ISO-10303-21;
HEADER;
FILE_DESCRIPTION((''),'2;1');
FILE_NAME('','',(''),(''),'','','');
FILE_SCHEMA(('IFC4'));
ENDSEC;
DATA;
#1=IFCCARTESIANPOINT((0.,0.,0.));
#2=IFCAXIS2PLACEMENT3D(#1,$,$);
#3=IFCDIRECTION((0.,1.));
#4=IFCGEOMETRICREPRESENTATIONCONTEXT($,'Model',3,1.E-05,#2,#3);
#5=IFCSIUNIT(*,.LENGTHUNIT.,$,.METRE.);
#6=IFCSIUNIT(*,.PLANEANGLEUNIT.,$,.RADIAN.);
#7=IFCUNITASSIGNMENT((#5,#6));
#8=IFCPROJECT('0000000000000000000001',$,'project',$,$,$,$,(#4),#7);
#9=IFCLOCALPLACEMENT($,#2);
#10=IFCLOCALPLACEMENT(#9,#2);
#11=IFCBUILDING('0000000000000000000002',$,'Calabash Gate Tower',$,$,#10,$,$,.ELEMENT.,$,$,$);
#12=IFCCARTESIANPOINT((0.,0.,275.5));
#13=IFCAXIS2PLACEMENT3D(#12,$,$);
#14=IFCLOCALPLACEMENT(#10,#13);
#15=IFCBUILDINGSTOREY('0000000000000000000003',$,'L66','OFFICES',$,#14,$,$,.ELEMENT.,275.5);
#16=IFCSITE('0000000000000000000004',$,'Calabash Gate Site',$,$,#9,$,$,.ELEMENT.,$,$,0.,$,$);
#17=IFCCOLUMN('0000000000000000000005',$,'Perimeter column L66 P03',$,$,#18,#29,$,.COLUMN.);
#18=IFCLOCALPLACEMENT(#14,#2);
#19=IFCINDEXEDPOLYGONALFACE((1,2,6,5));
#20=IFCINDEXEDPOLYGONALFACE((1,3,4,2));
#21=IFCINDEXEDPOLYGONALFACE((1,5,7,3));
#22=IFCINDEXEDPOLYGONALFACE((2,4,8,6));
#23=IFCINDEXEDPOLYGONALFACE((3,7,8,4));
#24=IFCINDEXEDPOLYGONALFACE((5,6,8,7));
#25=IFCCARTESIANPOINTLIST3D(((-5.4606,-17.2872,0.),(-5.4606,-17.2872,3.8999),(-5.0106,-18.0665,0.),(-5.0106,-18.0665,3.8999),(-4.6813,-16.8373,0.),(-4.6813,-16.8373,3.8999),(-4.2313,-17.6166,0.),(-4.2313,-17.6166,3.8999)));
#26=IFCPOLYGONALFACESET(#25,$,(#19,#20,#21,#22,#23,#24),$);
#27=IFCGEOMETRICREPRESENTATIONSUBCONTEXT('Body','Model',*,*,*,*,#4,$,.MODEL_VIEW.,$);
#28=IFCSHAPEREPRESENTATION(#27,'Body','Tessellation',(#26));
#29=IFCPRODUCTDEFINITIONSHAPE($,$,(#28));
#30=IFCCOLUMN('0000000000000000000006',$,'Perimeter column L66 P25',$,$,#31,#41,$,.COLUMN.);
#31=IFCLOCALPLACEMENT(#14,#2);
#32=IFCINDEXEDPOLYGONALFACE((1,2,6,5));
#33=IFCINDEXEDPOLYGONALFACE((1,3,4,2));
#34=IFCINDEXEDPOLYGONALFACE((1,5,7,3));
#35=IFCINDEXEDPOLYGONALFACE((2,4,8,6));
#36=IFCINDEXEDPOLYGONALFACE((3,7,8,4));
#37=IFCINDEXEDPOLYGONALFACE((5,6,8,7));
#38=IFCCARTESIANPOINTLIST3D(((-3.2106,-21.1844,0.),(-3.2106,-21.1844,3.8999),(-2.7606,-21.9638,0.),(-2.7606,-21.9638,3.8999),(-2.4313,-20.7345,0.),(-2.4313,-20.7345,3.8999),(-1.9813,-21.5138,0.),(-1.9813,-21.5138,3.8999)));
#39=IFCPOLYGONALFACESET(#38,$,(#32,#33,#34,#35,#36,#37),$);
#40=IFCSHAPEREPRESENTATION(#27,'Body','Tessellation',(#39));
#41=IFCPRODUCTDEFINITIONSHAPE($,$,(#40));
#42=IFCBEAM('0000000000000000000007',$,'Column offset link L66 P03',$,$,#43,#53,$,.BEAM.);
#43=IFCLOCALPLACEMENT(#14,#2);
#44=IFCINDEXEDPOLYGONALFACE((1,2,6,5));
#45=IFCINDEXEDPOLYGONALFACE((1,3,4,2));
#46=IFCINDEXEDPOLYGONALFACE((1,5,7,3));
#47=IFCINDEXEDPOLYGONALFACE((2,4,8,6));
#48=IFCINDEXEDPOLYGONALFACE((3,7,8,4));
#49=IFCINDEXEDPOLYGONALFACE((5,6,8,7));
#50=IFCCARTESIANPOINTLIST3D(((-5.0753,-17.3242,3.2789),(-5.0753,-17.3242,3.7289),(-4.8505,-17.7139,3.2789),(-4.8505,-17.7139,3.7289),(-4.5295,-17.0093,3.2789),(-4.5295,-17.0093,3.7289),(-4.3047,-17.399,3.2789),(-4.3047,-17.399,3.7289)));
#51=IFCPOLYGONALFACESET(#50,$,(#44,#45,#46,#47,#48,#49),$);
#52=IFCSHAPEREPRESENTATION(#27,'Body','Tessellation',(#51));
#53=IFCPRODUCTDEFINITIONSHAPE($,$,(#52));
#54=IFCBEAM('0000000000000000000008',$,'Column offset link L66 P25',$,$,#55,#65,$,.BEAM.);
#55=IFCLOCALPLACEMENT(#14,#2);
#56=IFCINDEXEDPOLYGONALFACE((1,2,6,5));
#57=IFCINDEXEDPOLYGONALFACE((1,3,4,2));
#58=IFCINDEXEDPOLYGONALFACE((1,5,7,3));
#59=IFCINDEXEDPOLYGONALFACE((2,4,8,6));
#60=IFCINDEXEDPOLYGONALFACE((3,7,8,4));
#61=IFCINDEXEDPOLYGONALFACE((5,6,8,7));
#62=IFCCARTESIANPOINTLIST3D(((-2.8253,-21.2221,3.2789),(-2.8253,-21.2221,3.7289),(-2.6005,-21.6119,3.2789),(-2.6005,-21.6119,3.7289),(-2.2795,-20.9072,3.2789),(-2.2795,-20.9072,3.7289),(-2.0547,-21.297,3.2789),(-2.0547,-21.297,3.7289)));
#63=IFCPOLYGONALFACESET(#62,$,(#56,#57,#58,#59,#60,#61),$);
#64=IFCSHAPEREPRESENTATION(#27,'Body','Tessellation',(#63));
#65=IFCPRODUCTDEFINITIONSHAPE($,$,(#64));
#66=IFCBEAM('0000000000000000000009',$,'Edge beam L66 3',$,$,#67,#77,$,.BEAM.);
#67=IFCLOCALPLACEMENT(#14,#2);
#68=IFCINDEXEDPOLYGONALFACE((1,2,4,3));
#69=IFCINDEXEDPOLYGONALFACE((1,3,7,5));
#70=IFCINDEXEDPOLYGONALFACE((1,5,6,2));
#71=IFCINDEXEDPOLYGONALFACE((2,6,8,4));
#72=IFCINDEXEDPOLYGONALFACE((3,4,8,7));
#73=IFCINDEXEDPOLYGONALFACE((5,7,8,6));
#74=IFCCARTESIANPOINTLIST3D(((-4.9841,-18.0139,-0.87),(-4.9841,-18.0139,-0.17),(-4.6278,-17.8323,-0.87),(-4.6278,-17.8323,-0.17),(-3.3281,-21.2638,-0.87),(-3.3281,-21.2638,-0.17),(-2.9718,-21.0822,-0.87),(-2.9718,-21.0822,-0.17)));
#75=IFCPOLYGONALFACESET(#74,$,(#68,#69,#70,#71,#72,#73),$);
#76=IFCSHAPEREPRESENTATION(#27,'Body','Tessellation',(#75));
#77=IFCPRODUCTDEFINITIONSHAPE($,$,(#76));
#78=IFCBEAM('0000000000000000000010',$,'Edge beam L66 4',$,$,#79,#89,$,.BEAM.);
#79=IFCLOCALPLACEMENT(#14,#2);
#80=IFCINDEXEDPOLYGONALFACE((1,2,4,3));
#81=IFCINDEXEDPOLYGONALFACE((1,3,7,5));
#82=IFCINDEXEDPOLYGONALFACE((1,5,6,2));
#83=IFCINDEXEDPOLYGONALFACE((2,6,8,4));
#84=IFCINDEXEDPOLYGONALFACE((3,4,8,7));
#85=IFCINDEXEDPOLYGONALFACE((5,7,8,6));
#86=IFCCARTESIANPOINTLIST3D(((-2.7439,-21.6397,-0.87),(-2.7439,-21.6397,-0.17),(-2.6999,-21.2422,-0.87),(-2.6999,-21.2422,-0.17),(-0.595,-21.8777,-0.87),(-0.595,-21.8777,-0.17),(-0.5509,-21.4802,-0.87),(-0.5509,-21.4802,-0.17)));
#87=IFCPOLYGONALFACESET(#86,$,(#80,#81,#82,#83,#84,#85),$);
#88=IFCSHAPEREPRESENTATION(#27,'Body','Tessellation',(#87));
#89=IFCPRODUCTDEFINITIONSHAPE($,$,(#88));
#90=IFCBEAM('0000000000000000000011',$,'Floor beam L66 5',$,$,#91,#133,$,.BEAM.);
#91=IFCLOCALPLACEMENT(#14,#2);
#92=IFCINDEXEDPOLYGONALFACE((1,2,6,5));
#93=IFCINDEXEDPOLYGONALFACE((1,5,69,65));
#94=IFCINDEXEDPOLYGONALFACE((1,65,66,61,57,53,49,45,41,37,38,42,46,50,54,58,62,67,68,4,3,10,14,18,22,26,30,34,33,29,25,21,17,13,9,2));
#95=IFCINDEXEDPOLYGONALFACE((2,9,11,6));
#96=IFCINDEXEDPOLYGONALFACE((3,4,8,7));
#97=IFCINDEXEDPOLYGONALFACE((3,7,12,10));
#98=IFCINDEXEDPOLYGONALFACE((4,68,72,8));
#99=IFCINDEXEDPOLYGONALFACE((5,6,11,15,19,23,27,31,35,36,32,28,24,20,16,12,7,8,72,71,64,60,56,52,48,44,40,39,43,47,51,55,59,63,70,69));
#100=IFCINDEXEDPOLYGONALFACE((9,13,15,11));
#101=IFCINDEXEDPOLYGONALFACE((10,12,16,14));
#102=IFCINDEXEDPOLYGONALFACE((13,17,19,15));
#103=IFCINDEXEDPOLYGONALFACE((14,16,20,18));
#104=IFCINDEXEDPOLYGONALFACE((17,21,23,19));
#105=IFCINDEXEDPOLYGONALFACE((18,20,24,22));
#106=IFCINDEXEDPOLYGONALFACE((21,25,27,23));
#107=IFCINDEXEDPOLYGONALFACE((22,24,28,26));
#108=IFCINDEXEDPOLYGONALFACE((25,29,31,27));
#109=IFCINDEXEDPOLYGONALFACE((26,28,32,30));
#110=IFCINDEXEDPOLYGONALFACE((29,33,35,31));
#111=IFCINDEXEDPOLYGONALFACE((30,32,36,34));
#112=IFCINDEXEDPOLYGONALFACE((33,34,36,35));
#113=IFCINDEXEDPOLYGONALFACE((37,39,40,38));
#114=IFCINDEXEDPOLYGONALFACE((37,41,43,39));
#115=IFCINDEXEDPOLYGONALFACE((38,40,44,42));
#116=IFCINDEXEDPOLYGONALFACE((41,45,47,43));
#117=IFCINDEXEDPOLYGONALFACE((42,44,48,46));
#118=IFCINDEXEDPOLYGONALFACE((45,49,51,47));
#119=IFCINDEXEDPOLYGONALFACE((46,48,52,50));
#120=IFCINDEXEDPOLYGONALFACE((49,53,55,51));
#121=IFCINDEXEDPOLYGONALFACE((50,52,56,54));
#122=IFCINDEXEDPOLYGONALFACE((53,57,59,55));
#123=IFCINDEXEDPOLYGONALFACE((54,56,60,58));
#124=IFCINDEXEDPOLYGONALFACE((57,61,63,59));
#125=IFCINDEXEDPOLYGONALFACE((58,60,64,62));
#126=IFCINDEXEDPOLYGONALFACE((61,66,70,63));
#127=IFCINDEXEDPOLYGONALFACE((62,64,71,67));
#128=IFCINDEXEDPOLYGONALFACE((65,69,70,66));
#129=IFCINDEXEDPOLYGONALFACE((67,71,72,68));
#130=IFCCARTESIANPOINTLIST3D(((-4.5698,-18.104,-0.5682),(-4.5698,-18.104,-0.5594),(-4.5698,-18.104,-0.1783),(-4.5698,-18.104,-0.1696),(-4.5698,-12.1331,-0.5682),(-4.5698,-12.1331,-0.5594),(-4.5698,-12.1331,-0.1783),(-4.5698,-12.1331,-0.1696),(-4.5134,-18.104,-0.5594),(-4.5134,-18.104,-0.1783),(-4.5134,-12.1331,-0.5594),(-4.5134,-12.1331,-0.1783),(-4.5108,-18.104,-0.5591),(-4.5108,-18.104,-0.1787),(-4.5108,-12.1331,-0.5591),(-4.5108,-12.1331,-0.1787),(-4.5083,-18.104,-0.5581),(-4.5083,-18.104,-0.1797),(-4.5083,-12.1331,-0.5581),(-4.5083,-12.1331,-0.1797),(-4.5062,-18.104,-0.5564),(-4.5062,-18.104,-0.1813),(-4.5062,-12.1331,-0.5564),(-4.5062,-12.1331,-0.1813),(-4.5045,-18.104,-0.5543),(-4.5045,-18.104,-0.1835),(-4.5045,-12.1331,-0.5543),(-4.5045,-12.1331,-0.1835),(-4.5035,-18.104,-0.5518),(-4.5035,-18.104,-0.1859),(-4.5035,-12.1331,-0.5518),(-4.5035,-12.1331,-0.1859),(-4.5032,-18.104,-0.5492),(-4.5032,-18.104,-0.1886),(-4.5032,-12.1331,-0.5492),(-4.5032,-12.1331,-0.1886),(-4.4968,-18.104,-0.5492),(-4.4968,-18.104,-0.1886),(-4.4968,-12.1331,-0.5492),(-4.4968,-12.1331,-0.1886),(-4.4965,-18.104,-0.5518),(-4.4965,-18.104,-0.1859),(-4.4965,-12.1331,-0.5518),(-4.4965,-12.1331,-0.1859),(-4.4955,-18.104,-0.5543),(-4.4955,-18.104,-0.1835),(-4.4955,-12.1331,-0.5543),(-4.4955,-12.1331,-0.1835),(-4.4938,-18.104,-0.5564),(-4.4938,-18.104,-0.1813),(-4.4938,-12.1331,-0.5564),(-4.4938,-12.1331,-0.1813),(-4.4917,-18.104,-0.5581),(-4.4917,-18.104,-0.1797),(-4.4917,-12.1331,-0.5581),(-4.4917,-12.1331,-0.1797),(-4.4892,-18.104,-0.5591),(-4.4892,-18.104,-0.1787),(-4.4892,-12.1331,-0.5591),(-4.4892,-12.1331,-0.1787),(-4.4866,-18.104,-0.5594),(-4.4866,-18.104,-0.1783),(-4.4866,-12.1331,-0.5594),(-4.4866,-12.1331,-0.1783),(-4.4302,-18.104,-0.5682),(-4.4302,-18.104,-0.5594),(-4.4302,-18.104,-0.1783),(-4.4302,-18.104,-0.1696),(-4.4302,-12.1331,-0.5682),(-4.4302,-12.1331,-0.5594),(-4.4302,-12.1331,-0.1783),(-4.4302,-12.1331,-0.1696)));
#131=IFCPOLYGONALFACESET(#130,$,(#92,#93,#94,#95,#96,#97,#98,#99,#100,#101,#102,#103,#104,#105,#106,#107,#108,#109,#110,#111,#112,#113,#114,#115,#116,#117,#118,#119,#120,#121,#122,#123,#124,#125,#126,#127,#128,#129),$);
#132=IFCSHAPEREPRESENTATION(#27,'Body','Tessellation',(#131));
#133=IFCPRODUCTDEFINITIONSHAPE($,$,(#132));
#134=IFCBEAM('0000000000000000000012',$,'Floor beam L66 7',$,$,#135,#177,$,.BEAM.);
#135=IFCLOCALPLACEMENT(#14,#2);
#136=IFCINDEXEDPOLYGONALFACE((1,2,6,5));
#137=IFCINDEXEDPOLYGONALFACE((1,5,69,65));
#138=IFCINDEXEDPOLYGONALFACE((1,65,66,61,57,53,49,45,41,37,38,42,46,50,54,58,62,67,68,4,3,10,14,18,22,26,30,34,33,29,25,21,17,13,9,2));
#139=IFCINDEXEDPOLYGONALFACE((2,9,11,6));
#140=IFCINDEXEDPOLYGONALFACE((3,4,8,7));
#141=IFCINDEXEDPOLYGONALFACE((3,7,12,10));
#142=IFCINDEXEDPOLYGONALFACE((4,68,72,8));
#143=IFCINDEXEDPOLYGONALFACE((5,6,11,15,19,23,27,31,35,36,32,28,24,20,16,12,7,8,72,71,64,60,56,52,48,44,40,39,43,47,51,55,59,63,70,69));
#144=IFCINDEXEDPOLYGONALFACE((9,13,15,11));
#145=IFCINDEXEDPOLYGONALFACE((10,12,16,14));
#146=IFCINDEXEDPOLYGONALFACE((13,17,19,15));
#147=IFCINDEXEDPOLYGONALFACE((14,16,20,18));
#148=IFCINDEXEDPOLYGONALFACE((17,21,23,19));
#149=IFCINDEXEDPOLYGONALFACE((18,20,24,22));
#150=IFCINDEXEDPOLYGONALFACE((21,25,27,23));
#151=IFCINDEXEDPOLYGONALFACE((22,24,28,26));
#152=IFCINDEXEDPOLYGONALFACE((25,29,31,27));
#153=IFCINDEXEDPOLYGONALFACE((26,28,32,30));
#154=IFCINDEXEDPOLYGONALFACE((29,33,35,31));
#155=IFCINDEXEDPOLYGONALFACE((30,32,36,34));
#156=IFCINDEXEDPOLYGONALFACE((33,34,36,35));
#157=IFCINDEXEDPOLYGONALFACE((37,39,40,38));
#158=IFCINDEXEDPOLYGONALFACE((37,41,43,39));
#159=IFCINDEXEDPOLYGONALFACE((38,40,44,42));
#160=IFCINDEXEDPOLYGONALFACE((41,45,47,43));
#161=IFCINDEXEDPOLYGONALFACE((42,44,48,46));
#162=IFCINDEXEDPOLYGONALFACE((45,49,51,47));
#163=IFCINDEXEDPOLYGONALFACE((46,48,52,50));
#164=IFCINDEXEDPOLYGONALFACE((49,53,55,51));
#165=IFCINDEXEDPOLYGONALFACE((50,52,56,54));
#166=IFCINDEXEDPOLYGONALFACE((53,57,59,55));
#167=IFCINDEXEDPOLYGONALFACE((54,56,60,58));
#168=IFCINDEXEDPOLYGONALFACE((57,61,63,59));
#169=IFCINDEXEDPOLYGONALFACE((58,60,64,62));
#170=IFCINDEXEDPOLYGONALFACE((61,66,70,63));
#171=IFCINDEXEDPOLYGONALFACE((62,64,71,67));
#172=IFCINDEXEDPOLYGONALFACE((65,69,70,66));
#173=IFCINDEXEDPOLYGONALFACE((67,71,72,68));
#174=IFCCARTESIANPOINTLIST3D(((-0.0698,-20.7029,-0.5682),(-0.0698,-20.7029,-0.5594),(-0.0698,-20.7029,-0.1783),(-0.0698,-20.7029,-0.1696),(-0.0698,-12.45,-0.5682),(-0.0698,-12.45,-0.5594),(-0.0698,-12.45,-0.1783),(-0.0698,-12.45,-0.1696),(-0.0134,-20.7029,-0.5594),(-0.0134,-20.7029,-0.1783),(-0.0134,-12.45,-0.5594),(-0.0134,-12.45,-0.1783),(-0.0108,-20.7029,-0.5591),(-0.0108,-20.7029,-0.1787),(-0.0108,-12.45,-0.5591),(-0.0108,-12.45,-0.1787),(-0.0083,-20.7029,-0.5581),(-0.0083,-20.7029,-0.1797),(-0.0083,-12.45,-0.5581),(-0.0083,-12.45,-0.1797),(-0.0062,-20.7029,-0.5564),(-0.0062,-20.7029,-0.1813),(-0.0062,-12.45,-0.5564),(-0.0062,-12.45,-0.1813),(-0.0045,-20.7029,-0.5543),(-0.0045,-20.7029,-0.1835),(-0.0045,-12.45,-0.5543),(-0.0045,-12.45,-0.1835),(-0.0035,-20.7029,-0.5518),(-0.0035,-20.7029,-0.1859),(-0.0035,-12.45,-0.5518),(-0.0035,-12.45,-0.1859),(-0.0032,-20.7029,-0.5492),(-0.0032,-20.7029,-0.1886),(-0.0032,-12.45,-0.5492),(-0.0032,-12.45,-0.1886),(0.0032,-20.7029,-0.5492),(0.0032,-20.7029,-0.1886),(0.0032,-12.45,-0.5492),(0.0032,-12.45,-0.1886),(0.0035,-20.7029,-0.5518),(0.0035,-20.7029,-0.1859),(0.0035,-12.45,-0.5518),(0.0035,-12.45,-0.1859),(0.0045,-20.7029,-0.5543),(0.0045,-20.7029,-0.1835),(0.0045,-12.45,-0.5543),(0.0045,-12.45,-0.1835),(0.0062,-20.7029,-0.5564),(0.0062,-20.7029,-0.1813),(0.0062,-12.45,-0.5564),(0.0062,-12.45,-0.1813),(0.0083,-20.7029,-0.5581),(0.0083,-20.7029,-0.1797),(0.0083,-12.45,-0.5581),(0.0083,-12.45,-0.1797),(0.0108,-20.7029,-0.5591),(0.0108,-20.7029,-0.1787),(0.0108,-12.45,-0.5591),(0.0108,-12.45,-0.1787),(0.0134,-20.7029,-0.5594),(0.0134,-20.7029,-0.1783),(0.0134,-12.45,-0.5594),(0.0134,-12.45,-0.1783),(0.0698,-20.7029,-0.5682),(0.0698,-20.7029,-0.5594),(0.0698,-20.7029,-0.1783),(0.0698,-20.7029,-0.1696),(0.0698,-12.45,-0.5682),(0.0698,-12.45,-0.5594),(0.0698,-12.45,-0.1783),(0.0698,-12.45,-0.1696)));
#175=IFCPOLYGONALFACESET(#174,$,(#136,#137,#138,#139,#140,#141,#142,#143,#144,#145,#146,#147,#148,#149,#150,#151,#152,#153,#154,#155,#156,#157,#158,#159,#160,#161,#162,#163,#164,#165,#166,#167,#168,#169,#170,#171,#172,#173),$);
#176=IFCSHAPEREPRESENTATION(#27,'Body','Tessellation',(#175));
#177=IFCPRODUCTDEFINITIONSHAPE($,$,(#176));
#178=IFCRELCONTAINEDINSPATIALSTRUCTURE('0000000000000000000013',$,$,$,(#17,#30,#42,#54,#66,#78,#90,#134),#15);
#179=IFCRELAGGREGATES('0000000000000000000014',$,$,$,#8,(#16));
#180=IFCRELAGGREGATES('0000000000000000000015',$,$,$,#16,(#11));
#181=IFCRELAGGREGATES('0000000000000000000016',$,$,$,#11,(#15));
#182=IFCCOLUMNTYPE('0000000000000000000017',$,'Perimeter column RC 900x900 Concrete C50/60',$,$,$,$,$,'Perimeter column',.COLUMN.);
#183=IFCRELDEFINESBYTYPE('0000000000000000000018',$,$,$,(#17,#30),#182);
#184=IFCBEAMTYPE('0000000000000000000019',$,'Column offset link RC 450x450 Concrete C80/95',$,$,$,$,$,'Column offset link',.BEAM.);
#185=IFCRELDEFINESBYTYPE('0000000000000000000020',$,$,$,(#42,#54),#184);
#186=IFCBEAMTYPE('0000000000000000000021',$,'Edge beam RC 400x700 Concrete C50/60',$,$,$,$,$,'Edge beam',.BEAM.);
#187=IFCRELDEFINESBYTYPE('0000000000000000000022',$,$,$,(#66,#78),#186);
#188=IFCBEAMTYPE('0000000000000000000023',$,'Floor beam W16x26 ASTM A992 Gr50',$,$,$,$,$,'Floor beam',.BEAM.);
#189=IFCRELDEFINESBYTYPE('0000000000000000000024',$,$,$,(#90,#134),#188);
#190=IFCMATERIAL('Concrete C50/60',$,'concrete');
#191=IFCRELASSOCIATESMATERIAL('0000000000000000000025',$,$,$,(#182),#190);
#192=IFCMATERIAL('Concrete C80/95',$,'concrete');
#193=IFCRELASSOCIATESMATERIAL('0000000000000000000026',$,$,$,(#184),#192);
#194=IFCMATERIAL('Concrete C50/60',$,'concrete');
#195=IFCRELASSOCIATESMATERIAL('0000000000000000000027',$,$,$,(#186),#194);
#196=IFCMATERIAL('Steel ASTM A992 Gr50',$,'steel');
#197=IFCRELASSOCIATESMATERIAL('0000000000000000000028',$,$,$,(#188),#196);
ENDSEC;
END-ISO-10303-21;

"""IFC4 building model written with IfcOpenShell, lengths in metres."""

from ifc_helpers import new_model, si_unit, direction, frame, origin, origin_2d, place, context, subcontext, project, spatial, rectangle, i_section, extrude, material, material_profile, profile_set, type_object, element, save


model = new_model("IFC4")

# Units and contexts
model_context = context("Model", 3, precision=1e-05, world=origin(), true_north=direction((0.0, 1.0)))
body_context = subcontext(model_context, "Body", "Model", "MODEL_VIEW")
ifc_project = project(units=[si_unit("LENGTHUNIT", "METRE"), si_unit("PLANEANGLEUNIT", "RADIAN")], contexts=[model_context])

# Site, building, storey
site_placement = place(None, origin())
site = spatial("IfcSite", under=ifc_project, at=site_placement, Name="Calabash Gate Site", CompositionType="ELEMENT", RefElevation=0.0)
building_placement = place(site_placement, origin())
building = spatial("IfcBuilding", under=site, at=building_placement, Name="Calabash Gate Tower", CompositionType="ELEMENT")
storey_placement = place(building_placement, frame((0.0, 0.0, 275.5)))
storey = spatial("IfcBuildingStorey", under=building, at=storey_placement, Name="L66", Description="OFFICES", CompositionType="ELEMENT", Elevation=275.5)

# Columns
ifc_material_1 = material(Name="Concrete C50/60", Category="concrete")
ifc_material_profile_1 = material_profile(ifc_material_1, rectangle(XDim=0.8999, YDim=0.8999, at=origin_2d()))
ifc_profile_set_1 = profile_set([ifc_material_profile_1], Name="Concrete C50/60")
column_type = type_object("IfcColumnType", Name="Perimeter column RC 900x900 Concrete C50/60", ElementType="Perimeter column", PredefinedType="COLUMN", material=ifc_profile_set_1)
for number, where, z_axis, x_axis, name in (
    (1, (-4.8459, -17.4519, 0.0), (0.0, 0.0, 1.0), (0.5, -0.866025, 0.0), "Perimeter column L66 P03"),
    (2, (-2.5959, -21.3491, 0.0), (0.0, 0.0, 1.0), (0.5, -0.866025, 0.0), "Perimeter column L66 P25"),
):
    element("IfcColumn", number, at=place(storey_placement, frame(where, z_axis=z_axis, x_axis=x_axis)), inside=storey, type_object=column_type, Name=name, PredefinedType="COLUMN", context=body_context, shape_type="SweptSolid", body=[
        extrude(rectangle(XDim=0.8999, YDim=0.8999, at=origin_2d()), origin(), (0.0, 0.0, 1.0), 3.8999),
    ])

# Beams
ifc_material_2 = material(Name="Concrete C80/95", Category="concrete")
ifc_material_profile_2 = material_profile(ifc_material_2, rectangle(XDim=0.45, YDim=0.45, at=origin_2d()))
ifc_profile_set_2 = profile_set([ifc_material_profile_2], Name="Concrete C80/95")
beam_type_1 = type_object("IfcBeamType", Name="Column offset link RC 450x450 Concrete C80/95", ElementType="Column offset link", PredefinedType="BEAM", material=ifc_profile_set_2)
for number, where, z_axis, x_axis, name in (
    (3, (-4.9629, -17.519, 3.5039), (0.866186, 0.499722, 0.0), (-0.499722, 0.866186, 0.0), "Column offset link L66 P03"),
    (4, (-2.7129, -21.417, 3.5039), (0.866186, 0.499722, 0.0), (-0.499722, 0.866186, 0.0), "Column offset link L66 P25"),
):
    element("IfcBeam", number, at=place(storey_placement, frame(where, z_axis=z_axis, x_axis=x_axis)), inside=storey, type_object=beam_type_1, Name=name, PredefinedType="BEAM", context=body_context, shape_type="SweptSolid", body=[
        extrude(rectangle(XDim=0.45, YDim=0.45, at=origin_2d()), origin(), (0.0, 0.0, 1.0), 0.6301),
    ])
ifc_material_3 = material(Name="Concrete C50/60", Category="concrete")
ifc_material_profile_3 = material_profile(ifc_material_3, rectangle(XDim=0.3999, YDim=0.7, at=origin_2d()))
ifc_profile_set_3 = profile_set([ifc_material_profile_3], Name="Concrete C50/60")
beam_type_2 = type_object("IfcBeamType", Name="Edge beam RC 400x700 Concrete C50/60", ElementType="Edge beam", PredefinedType="BEAM", material=ifc_profile_set_3)
beam_1_placement = place(storey_placement, frame((-4.8059, -17.9231, -0.52), z_axis=(0.454001, -0.891001, 0.0), x_axis=(0.891001, 0.454001, 0.0)))
element("IfcBeam", 5, at=beam_1_placement, inside=storey, type_object=beam_type_2, Name="Edge beam L66 3", PredefinedType="BEAM", context=body_context, shape_type="SweptSolid", body=[
    extrude(rectangle(XDim=0.3999, YDim=0.7, at=origin_2d()), origin(), (0.0, 0.0, 1.0), 3.6475),
])
beam_2_placement = place(storey_placement, frame((-2.7219, -21.4409, -0.52), z_axis=(0.993921, -0.110097, 0.0), x_axis=(0.110097, 0.993921, 0.0)))
element("IfcBeam", 6, at=beam_2_placement, inside=storey, type_object=beam_type_2, Name="Edge beam L66 4", PredefinedType="BEAM", context=body_context, shape_type="SweptSolid", body=[
    extrude(rectangle(XDim=0.3999, YDim=0.7, at=origin_2d()), origin(), (0.0, 0.0, 1.0), 2.1621),
])
ifc_material_4 = material(Name="Steel ASTM A992 Gr50", Category="steel")
ifc_material_profile_4 = material_profile(ifc_material_4, i_section(OverallWidth=0.1396, OverallDepth=0.3987, WebThickness=0.0063, FlangeThickness=0.0088, FilletRadius=0.0103, at=origin_2d()))
ifc_profile_set_4 = profile_set([ifc_material_profile_4], Name="Steel ASTM A992 Gr50")
beam_type_3 = type_object("IfcBeamType", Name="Floor beam W16x26 ASTM A992 Gr50", ElementType="Floor beam", PredefinedType="BEAM", material=ifc_profile_set_4)
beam_3_placement = place(storey_placement, frame((-4.5, -18.104, -0.3689), z_axis=(0.0, 1.0, 0.0), x_axis=(-1.0, 0.0, 0.0)))
element("IfcBeam", 7, at=beam_3_placement, inside=storey, type_object=beam_type_3, Name="Floor beam L66 5", PredefinedType="BEAM", context=body_context, shape_type="SweptSolid", body=[
    extrude(i_section(OverallWidth=0.1396, OverallDepth=0.3987, WebThickness=0.0063, FlangeThickness=0.0088, FilletRadius=0.0103, at=origin_2d()), origin(), (0.0, 0.0, 1.0), 5.9709),
])
beam_4_placement = place(storey_placement, frame((0.0, -20.7029, -0.3689), z_axis=(0.0, 1.0, 0.0), x_axis=(-1.0, 0.0, 0.0)))
element("IfcBeam", 8, at=beam_4_placement, inside=storey, type_object=beam_type_3, Name="Floor beam L66 7", PredefinedType="BEAM", context=body_context, shape_type="SweptSolid", body=[
    extrude(i_section(OverallWidth=0.1396, OverallDepth=0.3987, WebThickness=0.0063, FlangeThickness=0.0088, FilletRadius=0.0103, at=origin_2d()), origin(), (0.0, 0.0, 1.0), 8.2529),
])

save(model, "model.ifc")
